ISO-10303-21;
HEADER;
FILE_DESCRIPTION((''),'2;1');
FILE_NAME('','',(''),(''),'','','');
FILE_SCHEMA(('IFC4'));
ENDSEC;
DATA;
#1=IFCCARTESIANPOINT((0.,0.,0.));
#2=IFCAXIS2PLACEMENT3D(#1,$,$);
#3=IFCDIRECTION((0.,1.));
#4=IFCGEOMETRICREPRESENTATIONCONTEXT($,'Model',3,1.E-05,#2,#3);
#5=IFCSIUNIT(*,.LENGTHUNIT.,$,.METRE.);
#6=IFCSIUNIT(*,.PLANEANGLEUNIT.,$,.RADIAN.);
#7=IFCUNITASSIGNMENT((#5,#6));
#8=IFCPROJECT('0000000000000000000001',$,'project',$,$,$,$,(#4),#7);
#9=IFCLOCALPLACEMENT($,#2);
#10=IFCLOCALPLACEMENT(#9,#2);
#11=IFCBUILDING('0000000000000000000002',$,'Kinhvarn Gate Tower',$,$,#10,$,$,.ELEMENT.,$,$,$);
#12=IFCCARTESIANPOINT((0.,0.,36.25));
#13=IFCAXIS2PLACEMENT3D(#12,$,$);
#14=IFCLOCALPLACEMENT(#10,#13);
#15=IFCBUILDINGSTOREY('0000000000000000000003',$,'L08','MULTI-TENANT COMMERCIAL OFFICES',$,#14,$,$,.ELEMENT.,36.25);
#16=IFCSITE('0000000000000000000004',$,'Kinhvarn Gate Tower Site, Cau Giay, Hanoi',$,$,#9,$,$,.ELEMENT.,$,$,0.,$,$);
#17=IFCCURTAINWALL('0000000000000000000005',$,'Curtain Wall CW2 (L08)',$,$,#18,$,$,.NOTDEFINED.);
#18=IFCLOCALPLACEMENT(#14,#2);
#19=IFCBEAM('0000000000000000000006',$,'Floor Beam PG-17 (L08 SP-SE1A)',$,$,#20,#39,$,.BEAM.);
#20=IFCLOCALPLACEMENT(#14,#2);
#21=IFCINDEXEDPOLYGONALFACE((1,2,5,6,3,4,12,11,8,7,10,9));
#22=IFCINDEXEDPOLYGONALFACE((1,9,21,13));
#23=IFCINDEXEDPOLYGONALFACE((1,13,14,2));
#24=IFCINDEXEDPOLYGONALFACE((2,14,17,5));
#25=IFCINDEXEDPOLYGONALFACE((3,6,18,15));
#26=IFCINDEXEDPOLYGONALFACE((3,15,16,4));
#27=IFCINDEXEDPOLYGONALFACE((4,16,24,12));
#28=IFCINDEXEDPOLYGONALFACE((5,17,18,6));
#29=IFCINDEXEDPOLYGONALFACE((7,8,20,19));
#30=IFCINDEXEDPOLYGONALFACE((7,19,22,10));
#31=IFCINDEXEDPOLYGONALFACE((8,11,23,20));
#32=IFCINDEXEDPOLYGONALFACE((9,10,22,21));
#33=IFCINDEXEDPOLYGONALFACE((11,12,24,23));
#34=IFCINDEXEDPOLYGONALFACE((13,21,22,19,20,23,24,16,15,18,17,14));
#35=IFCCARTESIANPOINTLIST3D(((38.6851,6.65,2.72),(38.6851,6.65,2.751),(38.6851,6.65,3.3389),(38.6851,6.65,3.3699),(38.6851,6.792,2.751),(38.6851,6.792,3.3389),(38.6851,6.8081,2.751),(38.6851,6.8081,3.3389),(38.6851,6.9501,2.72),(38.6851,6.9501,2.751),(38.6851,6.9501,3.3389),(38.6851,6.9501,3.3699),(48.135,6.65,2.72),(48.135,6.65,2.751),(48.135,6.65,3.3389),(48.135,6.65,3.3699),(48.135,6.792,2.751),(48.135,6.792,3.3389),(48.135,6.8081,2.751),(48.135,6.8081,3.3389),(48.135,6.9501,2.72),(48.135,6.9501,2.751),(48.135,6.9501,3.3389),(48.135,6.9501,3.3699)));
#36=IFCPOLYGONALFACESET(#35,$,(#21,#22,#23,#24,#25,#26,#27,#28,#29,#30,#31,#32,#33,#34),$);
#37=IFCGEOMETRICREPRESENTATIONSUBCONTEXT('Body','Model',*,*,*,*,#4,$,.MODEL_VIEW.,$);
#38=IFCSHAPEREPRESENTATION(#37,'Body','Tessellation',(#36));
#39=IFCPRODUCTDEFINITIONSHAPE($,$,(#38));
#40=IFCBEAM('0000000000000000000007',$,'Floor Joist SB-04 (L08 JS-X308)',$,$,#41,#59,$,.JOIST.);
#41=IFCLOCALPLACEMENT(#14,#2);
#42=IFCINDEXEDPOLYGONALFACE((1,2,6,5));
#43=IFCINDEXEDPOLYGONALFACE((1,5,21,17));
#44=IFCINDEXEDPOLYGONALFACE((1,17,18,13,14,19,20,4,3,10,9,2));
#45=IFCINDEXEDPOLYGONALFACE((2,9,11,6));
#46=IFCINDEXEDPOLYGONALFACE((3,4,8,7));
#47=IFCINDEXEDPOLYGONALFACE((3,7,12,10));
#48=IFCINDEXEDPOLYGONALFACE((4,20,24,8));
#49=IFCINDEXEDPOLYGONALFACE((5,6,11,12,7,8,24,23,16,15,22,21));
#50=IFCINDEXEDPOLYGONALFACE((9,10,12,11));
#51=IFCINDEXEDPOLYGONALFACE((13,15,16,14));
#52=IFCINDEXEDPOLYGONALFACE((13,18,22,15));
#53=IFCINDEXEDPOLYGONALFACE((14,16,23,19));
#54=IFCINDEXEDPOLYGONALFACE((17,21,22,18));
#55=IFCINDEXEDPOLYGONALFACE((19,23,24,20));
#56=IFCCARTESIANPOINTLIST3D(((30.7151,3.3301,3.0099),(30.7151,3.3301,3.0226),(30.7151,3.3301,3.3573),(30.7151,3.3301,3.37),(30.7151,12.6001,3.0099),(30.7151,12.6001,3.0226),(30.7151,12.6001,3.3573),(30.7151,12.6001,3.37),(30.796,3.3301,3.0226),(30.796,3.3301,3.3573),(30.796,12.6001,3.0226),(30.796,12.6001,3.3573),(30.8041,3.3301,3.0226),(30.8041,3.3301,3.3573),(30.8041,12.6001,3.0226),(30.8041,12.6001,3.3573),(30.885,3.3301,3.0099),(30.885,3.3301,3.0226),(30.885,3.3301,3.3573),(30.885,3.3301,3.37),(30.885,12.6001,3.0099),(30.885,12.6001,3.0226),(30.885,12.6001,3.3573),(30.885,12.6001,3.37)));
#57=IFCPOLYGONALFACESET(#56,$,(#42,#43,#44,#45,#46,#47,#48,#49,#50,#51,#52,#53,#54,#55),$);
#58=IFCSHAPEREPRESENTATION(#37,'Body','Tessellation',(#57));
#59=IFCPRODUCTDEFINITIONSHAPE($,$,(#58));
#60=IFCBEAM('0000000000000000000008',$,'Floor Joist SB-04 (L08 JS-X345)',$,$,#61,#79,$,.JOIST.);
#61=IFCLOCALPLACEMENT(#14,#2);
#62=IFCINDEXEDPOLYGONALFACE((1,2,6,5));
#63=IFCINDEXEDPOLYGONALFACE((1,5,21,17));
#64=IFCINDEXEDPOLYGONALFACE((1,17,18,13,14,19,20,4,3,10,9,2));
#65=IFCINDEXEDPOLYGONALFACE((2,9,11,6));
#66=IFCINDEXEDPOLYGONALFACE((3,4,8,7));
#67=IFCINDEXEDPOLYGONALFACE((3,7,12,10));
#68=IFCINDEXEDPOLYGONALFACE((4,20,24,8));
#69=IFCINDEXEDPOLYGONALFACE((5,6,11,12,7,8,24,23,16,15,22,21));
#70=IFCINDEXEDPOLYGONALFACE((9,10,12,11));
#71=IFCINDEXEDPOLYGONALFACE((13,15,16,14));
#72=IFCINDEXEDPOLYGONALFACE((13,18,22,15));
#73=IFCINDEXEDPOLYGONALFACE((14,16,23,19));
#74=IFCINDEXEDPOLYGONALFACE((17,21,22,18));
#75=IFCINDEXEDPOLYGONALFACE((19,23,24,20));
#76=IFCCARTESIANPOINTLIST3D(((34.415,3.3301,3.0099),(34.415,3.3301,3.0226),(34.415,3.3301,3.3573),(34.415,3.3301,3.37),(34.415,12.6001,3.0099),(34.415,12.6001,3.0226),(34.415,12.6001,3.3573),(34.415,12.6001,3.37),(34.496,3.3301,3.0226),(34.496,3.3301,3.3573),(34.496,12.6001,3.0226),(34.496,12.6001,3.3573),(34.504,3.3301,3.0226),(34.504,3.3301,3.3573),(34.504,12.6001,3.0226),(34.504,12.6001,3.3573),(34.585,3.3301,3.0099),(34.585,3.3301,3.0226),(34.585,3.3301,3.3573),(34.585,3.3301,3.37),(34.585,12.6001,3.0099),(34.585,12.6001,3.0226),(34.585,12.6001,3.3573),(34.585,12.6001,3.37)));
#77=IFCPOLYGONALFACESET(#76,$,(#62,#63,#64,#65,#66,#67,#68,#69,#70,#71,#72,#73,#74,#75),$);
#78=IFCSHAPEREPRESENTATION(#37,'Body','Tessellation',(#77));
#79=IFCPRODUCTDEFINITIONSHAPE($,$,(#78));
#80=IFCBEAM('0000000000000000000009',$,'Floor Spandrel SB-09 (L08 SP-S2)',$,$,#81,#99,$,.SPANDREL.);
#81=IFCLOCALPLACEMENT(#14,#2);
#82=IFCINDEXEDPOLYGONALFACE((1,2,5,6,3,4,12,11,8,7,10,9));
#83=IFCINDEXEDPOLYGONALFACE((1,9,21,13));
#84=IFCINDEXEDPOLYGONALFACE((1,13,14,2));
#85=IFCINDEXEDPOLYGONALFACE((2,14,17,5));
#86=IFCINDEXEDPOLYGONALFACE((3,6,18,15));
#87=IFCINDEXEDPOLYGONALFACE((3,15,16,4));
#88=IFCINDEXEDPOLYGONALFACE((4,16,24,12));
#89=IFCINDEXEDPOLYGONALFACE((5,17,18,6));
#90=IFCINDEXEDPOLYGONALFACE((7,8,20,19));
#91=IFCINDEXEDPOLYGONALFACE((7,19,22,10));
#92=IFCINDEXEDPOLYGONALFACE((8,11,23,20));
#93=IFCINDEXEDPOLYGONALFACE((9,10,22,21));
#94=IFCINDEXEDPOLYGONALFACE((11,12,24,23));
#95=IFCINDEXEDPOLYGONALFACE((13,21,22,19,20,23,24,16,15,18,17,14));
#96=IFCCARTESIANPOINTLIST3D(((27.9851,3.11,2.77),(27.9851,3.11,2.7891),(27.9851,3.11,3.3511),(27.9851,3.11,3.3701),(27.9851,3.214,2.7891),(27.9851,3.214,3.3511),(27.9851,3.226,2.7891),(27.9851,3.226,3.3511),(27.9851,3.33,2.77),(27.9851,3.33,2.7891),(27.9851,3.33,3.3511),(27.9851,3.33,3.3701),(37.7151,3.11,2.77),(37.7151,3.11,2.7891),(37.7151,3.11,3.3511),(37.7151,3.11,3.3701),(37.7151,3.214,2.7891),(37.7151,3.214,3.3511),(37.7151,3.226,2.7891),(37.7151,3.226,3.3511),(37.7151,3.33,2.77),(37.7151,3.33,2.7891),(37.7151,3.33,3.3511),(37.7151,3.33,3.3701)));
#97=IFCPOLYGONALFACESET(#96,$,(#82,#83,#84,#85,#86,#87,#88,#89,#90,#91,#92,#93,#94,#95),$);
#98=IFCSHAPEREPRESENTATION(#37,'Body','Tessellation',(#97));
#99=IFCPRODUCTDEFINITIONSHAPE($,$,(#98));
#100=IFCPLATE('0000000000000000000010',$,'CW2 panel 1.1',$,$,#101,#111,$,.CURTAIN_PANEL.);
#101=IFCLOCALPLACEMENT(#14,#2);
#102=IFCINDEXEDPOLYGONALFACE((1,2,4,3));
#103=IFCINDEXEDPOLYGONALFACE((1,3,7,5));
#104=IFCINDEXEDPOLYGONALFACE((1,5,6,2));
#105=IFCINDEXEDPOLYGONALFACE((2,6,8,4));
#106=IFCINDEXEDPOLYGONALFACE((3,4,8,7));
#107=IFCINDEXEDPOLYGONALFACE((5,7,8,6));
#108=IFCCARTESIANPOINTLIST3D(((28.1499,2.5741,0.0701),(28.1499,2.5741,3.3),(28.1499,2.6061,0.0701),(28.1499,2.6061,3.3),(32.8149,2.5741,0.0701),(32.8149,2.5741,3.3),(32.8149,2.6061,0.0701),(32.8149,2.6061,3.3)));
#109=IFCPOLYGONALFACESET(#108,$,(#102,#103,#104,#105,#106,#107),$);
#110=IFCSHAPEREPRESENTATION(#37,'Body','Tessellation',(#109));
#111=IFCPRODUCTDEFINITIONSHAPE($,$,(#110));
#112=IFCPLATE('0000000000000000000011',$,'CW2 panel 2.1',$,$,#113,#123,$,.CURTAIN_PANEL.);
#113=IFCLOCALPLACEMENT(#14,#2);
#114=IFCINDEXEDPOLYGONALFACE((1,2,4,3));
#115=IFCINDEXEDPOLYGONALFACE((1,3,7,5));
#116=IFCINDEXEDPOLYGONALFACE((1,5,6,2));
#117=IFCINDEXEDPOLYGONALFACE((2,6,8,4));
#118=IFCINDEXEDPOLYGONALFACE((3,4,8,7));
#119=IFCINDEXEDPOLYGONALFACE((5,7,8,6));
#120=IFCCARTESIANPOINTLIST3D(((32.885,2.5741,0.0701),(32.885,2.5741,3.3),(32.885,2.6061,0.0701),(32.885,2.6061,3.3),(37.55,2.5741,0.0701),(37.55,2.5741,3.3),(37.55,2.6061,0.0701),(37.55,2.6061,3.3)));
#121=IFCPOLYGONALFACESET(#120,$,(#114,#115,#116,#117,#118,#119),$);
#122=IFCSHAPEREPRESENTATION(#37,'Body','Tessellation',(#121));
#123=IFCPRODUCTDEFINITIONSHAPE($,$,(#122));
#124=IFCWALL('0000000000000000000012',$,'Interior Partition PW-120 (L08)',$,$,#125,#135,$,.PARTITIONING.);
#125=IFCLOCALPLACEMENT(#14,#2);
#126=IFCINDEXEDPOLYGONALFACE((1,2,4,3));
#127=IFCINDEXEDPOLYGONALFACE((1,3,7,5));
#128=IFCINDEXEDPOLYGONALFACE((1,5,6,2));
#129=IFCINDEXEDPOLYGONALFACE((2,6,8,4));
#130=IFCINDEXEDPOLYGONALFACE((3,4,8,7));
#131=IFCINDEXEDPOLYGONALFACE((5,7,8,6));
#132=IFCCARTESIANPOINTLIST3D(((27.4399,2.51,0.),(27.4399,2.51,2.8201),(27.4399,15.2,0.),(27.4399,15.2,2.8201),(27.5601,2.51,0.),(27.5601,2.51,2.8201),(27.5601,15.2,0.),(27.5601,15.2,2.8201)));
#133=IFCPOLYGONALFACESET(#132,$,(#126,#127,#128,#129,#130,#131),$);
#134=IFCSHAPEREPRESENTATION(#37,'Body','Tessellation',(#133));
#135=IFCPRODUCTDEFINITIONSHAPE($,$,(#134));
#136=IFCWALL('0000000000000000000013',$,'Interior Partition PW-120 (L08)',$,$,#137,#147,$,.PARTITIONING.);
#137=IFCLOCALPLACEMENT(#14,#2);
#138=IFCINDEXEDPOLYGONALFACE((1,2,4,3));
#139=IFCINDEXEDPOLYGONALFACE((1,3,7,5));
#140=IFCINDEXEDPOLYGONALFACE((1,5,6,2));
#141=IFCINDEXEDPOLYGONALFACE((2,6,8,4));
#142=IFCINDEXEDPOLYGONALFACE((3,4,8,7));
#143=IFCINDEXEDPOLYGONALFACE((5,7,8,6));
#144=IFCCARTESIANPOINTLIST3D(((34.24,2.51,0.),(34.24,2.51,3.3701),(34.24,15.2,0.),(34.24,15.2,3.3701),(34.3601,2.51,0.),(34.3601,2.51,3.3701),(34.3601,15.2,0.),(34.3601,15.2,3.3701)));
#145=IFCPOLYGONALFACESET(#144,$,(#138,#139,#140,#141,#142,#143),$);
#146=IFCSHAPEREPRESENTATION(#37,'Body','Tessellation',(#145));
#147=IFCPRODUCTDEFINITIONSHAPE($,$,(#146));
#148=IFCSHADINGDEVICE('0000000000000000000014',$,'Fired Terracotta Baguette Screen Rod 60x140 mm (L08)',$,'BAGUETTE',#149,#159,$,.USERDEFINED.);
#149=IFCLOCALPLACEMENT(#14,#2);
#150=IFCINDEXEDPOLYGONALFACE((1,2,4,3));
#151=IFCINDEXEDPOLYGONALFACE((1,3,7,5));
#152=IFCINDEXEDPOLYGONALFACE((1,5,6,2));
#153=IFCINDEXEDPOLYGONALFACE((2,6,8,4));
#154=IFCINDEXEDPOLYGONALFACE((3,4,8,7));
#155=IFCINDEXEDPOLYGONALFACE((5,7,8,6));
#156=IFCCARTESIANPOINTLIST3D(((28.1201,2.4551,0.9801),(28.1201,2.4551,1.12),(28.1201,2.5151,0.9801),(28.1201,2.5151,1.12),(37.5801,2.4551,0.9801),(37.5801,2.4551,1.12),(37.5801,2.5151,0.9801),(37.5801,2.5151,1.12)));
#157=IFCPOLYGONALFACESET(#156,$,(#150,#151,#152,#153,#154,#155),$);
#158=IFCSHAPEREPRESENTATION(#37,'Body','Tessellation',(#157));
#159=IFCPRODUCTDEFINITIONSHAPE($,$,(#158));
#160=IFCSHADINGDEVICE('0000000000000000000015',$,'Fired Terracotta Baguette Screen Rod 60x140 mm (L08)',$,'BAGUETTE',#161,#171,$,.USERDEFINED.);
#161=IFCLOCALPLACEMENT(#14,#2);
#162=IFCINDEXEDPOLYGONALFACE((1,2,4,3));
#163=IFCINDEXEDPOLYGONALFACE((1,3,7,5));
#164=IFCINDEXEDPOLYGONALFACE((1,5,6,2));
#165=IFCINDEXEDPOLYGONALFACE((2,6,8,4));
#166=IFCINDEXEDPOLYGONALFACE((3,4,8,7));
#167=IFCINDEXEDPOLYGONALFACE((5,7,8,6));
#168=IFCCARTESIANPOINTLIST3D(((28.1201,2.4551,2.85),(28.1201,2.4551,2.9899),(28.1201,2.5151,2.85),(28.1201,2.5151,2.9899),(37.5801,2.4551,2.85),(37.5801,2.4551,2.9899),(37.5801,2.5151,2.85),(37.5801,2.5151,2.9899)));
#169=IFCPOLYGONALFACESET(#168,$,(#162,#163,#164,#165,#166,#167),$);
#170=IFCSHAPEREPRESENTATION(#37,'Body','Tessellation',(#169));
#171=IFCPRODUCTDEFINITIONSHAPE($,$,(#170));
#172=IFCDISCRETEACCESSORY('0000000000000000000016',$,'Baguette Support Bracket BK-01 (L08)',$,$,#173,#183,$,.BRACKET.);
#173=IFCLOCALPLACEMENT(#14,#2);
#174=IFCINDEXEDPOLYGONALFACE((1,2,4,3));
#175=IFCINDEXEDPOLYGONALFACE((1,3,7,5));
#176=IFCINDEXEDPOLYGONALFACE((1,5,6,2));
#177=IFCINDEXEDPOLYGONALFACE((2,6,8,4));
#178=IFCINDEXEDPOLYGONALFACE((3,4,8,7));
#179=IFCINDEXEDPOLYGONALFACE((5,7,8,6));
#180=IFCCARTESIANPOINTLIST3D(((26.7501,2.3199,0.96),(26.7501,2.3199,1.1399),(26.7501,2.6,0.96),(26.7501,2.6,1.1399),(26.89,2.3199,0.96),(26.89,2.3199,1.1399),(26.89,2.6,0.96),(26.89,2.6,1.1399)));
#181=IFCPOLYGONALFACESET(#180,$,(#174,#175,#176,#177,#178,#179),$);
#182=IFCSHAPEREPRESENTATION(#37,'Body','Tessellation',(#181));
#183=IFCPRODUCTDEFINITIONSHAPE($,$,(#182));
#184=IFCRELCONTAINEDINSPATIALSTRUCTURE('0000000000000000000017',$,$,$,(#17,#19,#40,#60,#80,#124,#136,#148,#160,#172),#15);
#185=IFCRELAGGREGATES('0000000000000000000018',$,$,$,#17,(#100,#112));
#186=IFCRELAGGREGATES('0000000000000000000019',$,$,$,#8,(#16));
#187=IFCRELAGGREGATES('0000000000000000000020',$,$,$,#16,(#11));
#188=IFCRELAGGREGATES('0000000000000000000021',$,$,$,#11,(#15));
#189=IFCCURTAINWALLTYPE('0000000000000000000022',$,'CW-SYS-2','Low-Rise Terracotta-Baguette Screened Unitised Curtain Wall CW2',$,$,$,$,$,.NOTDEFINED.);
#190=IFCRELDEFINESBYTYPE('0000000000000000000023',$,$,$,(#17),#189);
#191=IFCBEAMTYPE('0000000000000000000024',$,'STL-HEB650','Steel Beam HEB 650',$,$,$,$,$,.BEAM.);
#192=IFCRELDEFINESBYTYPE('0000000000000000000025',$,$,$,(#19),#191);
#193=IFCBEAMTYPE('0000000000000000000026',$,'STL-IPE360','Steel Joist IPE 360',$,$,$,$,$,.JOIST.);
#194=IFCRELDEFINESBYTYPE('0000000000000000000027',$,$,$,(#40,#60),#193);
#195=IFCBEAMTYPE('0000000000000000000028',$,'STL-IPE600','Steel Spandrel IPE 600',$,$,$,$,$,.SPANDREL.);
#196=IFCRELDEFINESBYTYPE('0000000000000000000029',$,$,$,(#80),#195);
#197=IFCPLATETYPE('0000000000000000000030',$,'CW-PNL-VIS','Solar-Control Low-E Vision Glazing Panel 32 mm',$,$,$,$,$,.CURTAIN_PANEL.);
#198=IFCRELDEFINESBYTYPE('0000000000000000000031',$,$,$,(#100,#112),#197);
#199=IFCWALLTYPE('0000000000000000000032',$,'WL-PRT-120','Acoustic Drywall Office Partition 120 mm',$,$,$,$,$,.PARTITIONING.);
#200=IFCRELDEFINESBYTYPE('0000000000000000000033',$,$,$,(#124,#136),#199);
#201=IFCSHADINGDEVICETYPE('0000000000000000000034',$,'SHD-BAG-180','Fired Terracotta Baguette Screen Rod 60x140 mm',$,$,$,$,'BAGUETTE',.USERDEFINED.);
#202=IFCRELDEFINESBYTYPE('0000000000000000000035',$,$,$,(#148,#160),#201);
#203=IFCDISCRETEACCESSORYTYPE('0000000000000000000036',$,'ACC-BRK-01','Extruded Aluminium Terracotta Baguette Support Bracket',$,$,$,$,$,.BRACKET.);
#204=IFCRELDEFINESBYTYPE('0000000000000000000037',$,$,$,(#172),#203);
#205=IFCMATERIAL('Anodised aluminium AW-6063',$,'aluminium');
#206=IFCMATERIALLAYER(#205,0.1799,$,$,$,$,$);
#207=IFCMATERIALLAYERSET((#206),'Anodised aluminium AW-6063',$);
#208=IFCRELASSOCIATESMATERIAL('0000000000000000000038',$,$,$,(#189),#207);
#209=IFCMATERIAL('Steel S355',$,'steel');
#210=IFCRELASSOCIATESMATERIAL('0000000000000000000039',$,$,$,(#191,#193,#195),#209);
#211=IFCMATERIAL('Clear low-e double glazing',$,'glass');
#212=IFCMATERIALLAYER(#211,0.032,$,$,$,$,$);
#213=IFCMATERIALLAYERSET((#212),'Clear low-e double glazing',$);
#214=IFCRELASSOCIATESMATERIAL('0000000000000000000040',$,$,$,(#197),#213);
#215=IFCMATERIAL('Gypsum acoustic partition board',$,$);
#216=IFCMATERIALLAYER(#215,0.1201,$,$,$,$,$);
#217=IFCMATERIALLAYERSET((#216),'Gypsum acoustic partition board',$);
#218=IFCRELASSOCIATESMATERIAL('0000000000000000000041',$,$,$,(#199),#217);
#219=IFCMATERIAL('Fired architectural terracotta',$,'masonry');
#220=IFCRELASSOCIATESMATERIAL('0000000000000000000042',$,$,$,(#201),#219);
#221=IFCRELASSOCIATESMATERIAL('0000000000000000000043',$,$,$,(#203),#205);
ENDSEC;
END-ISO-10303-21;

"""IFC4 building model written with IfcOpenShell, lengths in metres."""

from ifc_helpers import new_model, si_unit, direction, frame, frame_2d, origin, origin_2d, place, context, subcontext, project, spatial, rectangle, i_section, extrude, material, layer, layer_set, material_profile, profile_set, type_object, element, aggregate, save


model = new_model("IFC4")

# Units and contexts
model_context = context("Model", 3, precision=1e-05, world=origin(), true_north=direction((0.0, 1.0)))
body_context = subcontext(model_context, "Body", "Model", "MODEL_VIEW")
ifc_project = project(units=[si_unit("LENGTHUNIT", "METRE"), si_unit("PLANEANGLEUNIT", "RADIAN")], contexts=[model_context])

# Site, building, storey
site_placement = place(None, origin())
site = spatial("IfcSite", under=ifc_project, at=site_placement, Name="Kinhvarn Gate Tower Site, Cau Giay, Hanoi", CompositionType="ELEMENT", RefElevation=0.0)
building_placement = place(site_placement, origin())
building = spatial("IfcBuilding", under=site, at=building_placement, Name="Kinhvarn Gate Tower", CompositionType="ELEMENT")
storey_placement = place(building_placement, frame((0.0, 0.0, 36.25)))
storey = spatial("IfcBuildingStorey", under=building, at=storey_placement, Name="L08", Description="MULTI-TENANT COMMERCIAL OFFICES", CompositionType="ELEMENT", Elevation=36.25)

# Shared definitions
ifc_material_1 = material(Name="Anodised aluminium AW-6063", Category="aluminium")
ifc_layer_1 = layer(ifc_material_1, 0.1799)
ifc_layer_set_1 = layer_set([ifc_layer_1], Name="Anodised aluminium AW-6063")
curtain_wall_type = type_object("IfcCurtainWallType", Name="CW-SYS-2", Description="Low-Rise Terracotta-Baguette Screened Unitised Curtain Wall CW2", PredefinedType="NOTDEFINED", material=ifc_layer_set_1)

# Curtain wall
curtain_wall_1_placement = place(storey_placement, origin())
curtain_wall_1 = element("IfcCurtainWall", 1, at=curtain_wall_1_placement, inside=storey, type_object=curtain_wall_type, Name="Curtain Wall CW2 (L08)", PredefinedType="NOTDEFINED")

# Beams
ifc_material_2 = material(Name="Steel S355", Category="steel")
ifc_material_profile_1 = material_profile(ifc_material_2, i_section(OverallWidth=0.3, OverallDepth=0.6499, WebThickness=0.0161, FlangeThickness=0.031, at=origin_2d()), Name="HEB 650")
ifc_profile_set_1 = profile_set([ifc_material_profile_1], Name="Steel S355")
beam_type_1 = type_object("IfcBeamType", Name="STL-HEB650", Description="Steel Beam HEB 650", PredefinedType="BEAM", material=ifc_profile_set_1)
beam_1_placement = place(storey_placement, frame((38.6851, 6.8, 3.0449), z_axis=(1.0, 0.0, 0.0), x_axis=(0.0, 1.0, 0.0)))
element("IfcBeam", 2, at=beam_1_placement, inside=storey, type_object=beam_type_1, Name="Floor Beam PG-17 (L08 SP-SE1A)", PredefinedType="BEAM", context=body_context, shape_type="SweptSolid", body=[
    extrude(i_section(OverallWidth=0.3, OverallDepth=0.6499, WebThickness=0.0161, FlangeThickness=0.031, at=origin_2d()), origin(), (0.0, 0.0, 1.0), 9.45),
])
ifc_material_profile_2 = material_profile(ifc_material_2, i_section(OverallWidth=0.1699, OverallDepth=0.3601, WebThickness=0.0081, FlangeThickness=0.0127, at=origin_2d()), Name="IPE 360")
ifc_profile_set_2 = profile_set([ifc_material_profile_2], Name="Steel S355")
beam_type_2 = type_object("IfcBeamType", Name="STL-IPE360", Description="Steel Joist IPE 360", PredefinedType="JOIST", material=ifc_profile_set_2)
for number, where, z_axis, x_axis, name in (
    (3, (30.8, 3.3301, 3.1899), (0.0, 1.0, 0.0), (-1.0, 0.0, 0.0), "Floor Joist SB-04 (L08 JS-X308)"),
    (4, (34.5, 3.3301, 3.1899), (0.0, 1.0, 0.0), (-1.0, 0.0, 0.0), "Floor Joist SB-04 (L08 JS-X345)"),
):
    element("IfcBeam", number, at=place(storey_placement, frame(where, z_axis=z_axis, x_axis=x_axis)), inside=storey, type_object=beam_type_2, Name=name, PredefinedType="JOIST", context=body_context, shape_type="SweptSolid", body=[
        extrude(i_section(OverallWidth=0.1699, OverallDepth=0.3601, WebThickness=0.0081, FlangeThickness=0.0127, at=origin_2d()), origin(), (0.0, 0.0, 1.0), 9.27),
    ])
ifc_material_profile_3 = material_profile(ifc_material_2, i_section(OverallWidth=0.22, OverallDepth=0.6001, WebThickness=0.012, FlangeThickness=0.019, at=origin_2d()), Name="IPE 600")
ifc_profile_set_3 = profile_set([ifc_material_profile_3], Name="Steel S355")
beam_type_3 = type_object("IfcBeamType", Name="STL-IPE600", Description="Steel Spandrel IPE 600", PredefinedType="SPANDREL", material=ifc_profile_set_3)
beam_2_placement = place(storey_placement, frame((27.9851, 3.22, 3.0701), z_axis=(1.0, 0.0, 0.0), x_axis=(0.0, 1.0, 0.0)))
element("IfcBeam", 5, at=beam_2_placement, inside=storey, type_object=beam_type_3, Name="Floor Spandrel SB-09 (L08 SP-S2)", PredefinedType="SPANDREL", context=body_context, shape_type="SweptSolid", body=[
    extrude(i_section(OverallWidth=0.22, OverallDepth=0.6001, WebThickness=0.012, FlangeThickness=0.019, at=origin_2d()), origin(), (0.0, 0.0, 1.0), 9.73),
])

# Plates
ifc_material_3 = material(Name="Clear low-e double glazing", Category="glass")
ifc_layer_2 = layer(ifc_material_3, 0.032)
ifc_layer_set_2 = layer_set([ifc_layer_2], Name="Clear low-e double glazing")
plate_type = type_object("IfcPlateType", Name="CW-PNL-VIS", Description="Solar-Control Low-E Vision Glazing Panel 32 mm", PredefinedType="CURTAIN_PANEL", material=ifc_layer_set_2)
plate_1_placement = place(storey_placement, frame((30.4824, 2.5901, 0.0701), z_axis=(0.0, 0.0, 1.0), x_axis=(1.0, 0.0, 0.0)))
plate_1 = element("IfcPlate", 6, at=plate_1_placement, type_object=plate_type, Name="CW2 panel 1.1", PredefinedType="CURTAIN_PANEL", context=body_context, shape_type="SweptSolid", body=[
    extrude(rectangle(XDim=4.665, YDim=0.032, at=origin_2d()), origin(), (0.0, 0.0, 1.0), 3.23),
])
plate_2_placement = place(storey_placement, frame((35.2175, 2.5901, 0.0701), z_axis=(0.0, 0.0, 1.0), x_axis=(1.0, 0.0, 0.0)))
plate_2 = element("IfcPlate", 7, at=plate_2_placement, type_object=plate_type, Name="CW2 panel 2.1", PredefinedType="CURTAIN_PANEL", context=body_context, shape_type="SweptSolid", body=[
    extrude(rectangle(XDim=4.665, YDim=0.032, at=origin_2d()), origin(), (0.0, 0.0, 1.0), 3.23),
])
aggregate(curtain_wall_1, [plate_1, plate_2])

# Walls
ifc_material_4 = material(Name="Gypsum acoustic partition board")
ifc_layer_3 = layer(ifc_material_4, 0.1201)
ifc_layer_set_3 = layer_set([ifc_layer_3], Name="Gypsum acoustic partition board")
wall_type = type_object("IfcWallType", Name="WL-PRT-120", Description="Acoustic Drywall Office Partition 120 mm", PredefinedType="PARTITIONING", material=ifc_layer_set_3)
wall_1_placement = place(storey_placement, frame((27.5, 2.51, 0.0), z_axis=(0.0, 0.0, 1.0), x_axis=(0.0, 1.0, 0.0)))
element("IfcWall", 8, at=wall_1_placement, inside=storey, type_object=wall_type, Name="Interior Partition PW-120 (L08)", PredefinedType="PARTITIONING", context=body_context, shape_type="SweptSolid", body=[
    extrude(rectangle(XDim=12.6899, YDim=0.1201, at=frame_2d((6.345, 0.0))), origin(), (0.0, 0.0, 1.0), 2.8201),
])
wall_2_placement = place(storey_placement, frame((34.3, 2.51, 0.0), z_axis=(0.0, 0.0, 1.0), x_axis=(0.0, 1.0, 0.0)))
element("IfcWall", 9, at=wall_2_placement, inside=storey, type_object=wall_type, Name="Interior Partition PW-120 (L08)", PredefinedType="PARTITIONING", context=body_context, shape_type="SweptSolid", body=[
    extrude(rectangle(XDim=12.6899, YDim=0.1201, at=frame_2d((6.345, 0.0))), origin(), (0.0, 0.0, 1.0), 3.3701),
])

# Shading devices
ifc_material_5 = material(Name="Fired architectural terracotta", Category="masonry")
ifc_material_profile_4 = material_profile(ifc_material_5, rectangle(XDim=0.0601, YDim=0.1399, at=origin_2d()), Name="TC 60x140")
ifc_profile_set_4 = profile_set([ifc_material_profile_4], Name="Fired architectural terracotta")
shading_device_type = type_object("IfcShadingDeviceType", Name="SHD-BAG-180", Description="Fired Terracotta Baguette Screen Rod 60x140 mm", ElementType="BAGUETTE", PredefinedType="USERDEFINED", material=ifc_profile_set_4)
for number, where, z_axis, x_axis, name in (
    (10, (28.1201, 2.4851, 1.05), (1.0, 0.0, 0.0), (0.0, 1.0, 0.0), "Fired Terracotta Baguette Screen Rod 60x140 mm (L08)"),
    (11, (28.1201, 2.4851, 2.9199), (1.0, 0.0, 0.0), (0.0, 1.0, 0.0), "Fired Terracotta Baguette Screen Rod 60x140 mm (L08)"),
):
    element("IfcShadingDevice", number, at=place(storey_placement, frame(where, z_axis=z_axis, x_axis=x_axis)), inside=storey, type_object=shading_device_type, Name=name, ObjectType="BAGUETTE", PredefinedType="USERDEFINED", context=body_context, shape_type="SweptSolid", body=[
        extrude(rectangle(XDim=0.0601, YDim=0.1399, at=origin_2d()), origin(), (0.0, 0.0, 1.0), 9.46),
    ])

# Discrete accessory
discrete_accessory_type = type_object("IfcDiscreteAccessoryType", Name="ACC-BRK-01", Description="Extruded Aluminium Terracotta Baguette Support Bracket", PredefinedType="BRACKET", material=ifc_material_1)
for number, where, z_axis, x_axis, name in (
    (12, (26.8201, 2.46, 0.96), (0.0, 0.0, 1.0), (1.0, 0.0, 0.0), "Baguette Support Bracket BK-01 (L08)"),
):
    element("IfcDiscreteAccessory", number, at=place(storey_placement, frame(where, z_axis=z_axis, x_axis=x_axis)), inside=storey, type_object=discrete_accessory_type, Name=name, PredefinedType="BRACKET", context=body_context, shape_type="SweptSolid", body=[
        extrude(rectangle(XDim=0.1399, YDim=0.28, at=origin_2d()), origin(), (0.0, 0.0, 1.0), 0.1799),
    ])

save(model, "model.ifc")
